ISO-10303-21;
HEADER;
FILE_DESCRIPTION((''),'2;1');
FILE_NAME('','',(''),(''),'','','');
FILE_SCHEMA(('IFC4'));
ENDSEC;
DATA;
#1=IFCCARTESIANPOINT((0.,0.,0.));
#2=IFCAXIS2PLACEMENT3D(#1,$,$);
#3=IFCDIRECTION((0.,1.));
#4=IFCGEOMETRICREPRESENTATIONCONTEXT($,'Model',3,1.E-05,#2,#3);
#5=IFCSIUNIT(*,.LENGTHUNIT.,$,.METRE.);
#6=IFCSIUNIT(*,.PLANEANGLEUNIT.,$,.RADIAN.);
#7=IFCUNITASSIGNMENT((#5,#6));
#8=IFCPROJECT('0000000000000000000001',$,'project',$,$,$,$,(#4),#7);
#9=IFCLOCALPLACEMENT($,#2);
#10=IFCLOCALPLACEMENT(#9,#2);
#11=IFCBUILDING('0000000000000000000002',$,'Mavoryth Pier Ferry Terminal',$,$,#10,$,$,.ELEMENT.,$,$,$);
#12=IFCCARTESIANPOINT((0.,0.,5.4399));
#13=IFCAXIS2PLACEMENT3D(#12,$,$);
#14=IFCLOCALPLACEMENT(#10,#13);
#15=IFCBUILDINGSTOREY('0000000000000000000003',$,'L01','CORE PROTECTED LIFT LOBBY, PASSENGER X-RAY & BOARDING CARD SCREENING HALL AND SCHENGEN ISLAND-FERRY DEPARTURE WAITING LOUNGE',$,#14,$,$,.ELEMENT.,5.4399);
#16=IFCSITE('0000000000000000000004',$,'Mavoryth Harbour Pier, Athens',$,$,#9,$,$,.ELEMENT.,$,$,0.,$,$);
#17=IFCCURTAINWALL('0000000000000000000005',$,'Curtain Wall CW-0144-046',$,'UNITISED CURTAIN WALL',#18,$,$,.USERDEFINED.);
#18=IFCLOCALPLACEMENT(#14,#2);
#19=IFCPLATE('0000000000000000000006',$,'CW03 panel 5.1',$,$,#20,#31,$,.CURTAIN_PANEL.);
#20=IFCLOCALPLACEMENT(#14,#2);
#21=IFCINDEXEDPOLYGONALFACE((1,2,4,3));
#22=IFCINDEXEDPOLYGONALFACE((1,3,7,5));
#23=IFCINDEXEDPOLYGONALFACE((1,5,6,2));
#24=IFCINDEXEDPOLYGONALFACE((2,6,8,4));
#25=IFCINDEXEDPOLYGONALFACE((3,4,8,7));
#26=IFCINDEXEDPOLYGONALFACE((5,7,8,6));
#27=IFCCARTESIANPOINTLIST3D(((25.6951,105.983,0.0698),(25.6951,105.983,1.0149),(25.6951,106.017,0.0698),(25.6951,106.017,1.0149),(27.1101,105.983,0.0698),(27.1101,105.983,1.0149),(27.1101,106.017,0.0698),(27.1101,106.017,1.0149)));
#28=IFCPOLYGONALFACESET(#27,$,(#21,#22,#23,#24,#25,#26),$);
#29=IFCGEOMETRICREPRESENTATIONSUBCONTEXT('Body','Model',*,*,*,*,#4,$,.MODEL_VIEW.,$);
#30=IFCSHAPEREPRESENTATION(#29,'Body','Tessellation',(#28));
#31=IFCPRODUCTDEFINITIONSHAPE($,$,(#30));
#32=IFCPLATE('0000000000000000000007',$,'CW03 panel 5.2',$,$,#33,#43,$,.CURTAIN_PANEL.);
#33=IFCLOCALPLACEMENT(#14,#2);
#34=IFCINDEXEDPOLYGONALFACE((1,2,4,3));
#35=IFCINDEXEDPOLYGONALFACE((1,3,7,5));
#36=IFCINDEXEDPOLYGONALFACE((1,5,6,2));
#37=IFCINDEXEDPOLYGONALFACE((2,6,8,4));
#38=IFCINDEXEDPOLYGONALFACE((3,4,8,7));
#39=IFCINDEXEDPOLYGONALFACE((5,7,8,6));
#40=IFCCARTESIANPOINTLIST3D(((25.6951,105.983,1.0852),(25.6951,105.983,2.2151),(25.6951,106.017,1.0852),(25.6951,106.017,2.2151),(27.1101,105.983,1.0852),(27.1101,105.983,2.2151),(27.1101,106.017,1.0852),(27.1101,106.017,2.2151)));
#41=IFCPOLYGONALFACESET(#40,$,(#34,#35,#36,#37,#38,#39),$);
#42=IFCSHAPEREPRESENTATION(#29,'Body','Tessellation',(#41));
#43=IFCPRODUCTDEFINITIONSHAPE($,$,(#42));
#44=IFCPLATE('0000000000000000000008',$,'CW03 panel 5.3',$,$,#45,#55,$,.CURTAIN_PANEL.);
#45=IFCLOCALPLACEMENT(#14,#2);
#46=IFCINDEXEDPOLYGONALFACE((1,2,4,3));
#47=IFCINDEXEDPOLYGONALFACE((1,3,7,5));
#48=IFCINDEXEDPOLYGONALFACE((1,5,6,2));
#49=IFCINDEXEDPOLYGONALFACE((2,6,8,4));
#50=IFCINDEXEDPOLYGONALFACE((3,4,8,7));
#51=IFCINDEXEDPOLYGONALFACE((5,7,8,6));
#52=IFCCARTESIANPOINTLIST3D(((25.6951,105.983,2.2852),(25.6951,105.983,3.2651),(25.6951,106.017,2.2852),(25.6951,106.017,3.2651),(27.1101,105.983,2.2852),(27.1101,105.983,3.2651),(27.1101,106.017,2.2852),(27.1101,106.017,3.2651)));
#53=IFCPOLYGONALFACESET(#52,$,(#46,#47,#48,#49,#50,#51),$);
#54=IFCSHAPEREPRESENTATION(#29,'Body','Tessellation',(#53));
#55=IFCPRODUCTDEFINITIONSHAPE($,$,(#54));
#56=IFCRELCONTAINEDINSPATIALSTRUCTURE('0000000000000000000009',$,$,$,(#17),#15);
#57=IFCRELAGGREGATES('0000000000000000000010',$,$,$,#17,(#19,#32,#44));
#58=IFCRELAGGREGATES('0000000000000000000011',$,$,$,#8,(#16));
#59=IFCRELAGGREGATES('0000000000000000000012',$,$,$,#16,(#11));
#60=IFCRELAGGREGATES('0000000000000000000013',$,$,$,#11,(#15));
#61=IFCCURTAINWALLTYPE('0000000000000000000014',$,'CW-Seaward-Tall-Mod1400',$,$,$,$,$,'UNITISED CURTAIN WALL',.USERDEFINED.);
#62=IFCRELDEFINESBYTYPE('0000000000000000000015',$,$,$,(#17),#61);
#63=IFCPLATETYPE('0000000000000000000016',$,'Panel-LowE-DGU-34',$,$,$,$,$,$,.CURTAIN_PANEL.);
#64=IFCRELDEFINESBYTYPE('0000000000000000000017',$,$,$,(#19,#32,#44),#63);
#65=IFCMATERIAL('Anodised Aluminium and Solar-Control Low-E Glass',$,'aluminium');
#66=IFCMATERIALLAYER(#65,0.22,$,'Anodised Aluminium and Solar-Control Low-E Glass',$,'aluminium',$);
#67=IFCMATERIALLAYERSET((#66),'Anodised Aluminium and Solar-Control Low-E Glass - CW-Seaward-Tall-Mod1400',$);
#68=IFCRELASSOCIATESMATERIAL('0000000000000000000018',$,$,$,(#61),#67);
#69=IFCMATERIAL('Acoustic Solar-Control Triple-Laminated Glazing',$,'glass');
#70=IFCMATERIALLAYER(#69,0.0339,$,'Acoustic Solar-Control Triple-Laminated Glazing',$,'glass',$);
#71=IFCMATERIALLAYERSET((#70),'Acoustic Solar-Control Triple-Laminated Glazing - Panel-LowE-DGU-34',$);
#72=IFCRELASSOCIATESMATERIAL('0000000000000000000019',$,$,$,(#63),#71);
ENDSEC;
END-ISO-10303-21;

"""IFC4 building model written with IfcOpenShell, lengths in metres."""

from ifc_helpers import new_model, si_unit, direction, frame, origin, origin_2d, place, context, subcontext, project, spatial, rectangle, extrude, material, layer, layer_set, type_object, element, aggregate, save


model = new_model("IFC4")

# Units and contexts
model_context = context("Model", 3, precision=1e-05, world=origin(), true_north=direction((0.0, 1.0)))
body_context = subcontext(model_context, "Body", "Model", "MODEL_VIEW")
ifc_project = project(units=[si_unit("LENGTHUNIT", "METRE"), si_unit("PLANEANGLEUNIT", "RADIAN")], contexts=[model_context])

# Site, building, storey
site_placement = place(None, origin())
site = spatial("IfcSite", under=ifc_project, at=site_placement, Name="Mavoryth Harbour Pier, Athens", CompositionType="ELEMENT", RefElevation=0.0)
building_placement = place(site_placement, origin())
building = spatial("IfcBuilding", under=site, at=building_placement, Name="Mavoryth Pier Ferry Terminal", CompositionType="ELEMENT")
storey_placement = place(building_placement, frame((0.0, 0.0, 5.4399)))
storey = spatial("IfcBuildingStorey", under=building, at=storey_placement, Name="L01", Description="CORE PROTECTED LIFT LOBBY, PASSENGER X-RAY & BOARDING CARD SCREENING HALL AND SCHENGEN ISLAND-FERRY DEPARTURE WAITING LOUNGE", CompositionType="ELEMENT", Elevation=5.4399)

# Curtain wall
ifc_material_1 = material(Name="Anodised Aluminium and Solar-Control Low-E Glass", Category="aluminium")
ifc_layer_1 = layer(ifc_material_1, 0.22, Name="Anodised Aluminium and Solar-Control Low-E Glass", Category="aluminium")
ifc_layer_set_1 = layer_set([ifc_layer_1], Name="Anodised Aluminium and Solar-Control Low-E Glass - CW-Seaward-Tall-Mod1400")
curtain_wall_type = type_object("IfcCurtainWallType", Name="CW-Seaward-Tall-Mod1400", ElementType="UNITISED CURTAIN WALL", PredefinedType="USERDEFINED", material=ifc_layer_set_1)
curtain_wall_1_placement = place(storey_placement, origin())
curtain_wall_1 = element("IfcCurtainWall", 1, at=curtain_wall_1_placement, inside=storey, type_object=curtain_wall_type, Name="Curtain Wall CW-0144-046", ObjectType="UNITISED CURTAIN WALL", PredefinedType="USERDEFINED")

# Plates
ifc_material_2 = material(Name="Acoustic Solar-Control Triple-Laminated Glazing", Category="glass")
ifc_layer_2 = layer(ifc_material_2, 0.0339, Name="Acoustic Solar-Control Triple-Laminated Glazing", Category="glass")
ifc_layer_set_2 = layer_set([ifc_layer_2], Name="Acoustic Solar-Control Triple-Laminated Glazing - Panel-LowE-DGU-34")
plate_type = type_object("IfcPlateType", Name="Panel-LowE-DGU-34", PredefinedType="CURTAIN_PANEL", material=ifc_layer_set_2)
plate_1_placement = place(storey_placement, frame((26.4026, 106.0, 0.0698), z_axis=(0.0, 0.0, 1.0), x_axis=(-1.0, 0.0, 0.0)))
plate_1 = element("IfcPlate", 2, at=plate_1_placement, type_object=plate_type, Name="CW03 panel 5.1", PredefinedType="CURTAIN_PANEL", context=body_context, shape_type="SweptSolid", body=[
    extrude(rectangle(XDim=1.415, YDim=0.0339, at=origin_2d()), origin(), (0.0, 0.0, 1.0), 0.9451),
])
plate_2_placement = place(storey_placement, frame((26.4026, 106.0, 1.0852), z_axis=(0.0, 0.0, 1.0), x_axis=(-1.0, 0.0, 0.0)))
plate_2 = element("IfcPlate", 3, at=plate_2_placement, type_object=plate_type, Name="CW03 panel 5.2", PredefinedType="CURTAIN_PANEL", context=body_context, shape_type="SweptSolid", body=[
    extrude(rectangle(XDim=1.415, YDim=0.0339, at=origin_2d()), origin(), (0.0, 0.0, 1.0), 1.1299),
])
plate_3_placement = place(storey_placement, frame((26.4026, 106.0, 2.2852), z_axis=(0.0, 0.0, 1.0), x_axis=(-1.0, 0.0, 0.0)))
plate_3 = element("IfcPlate", 4, at=plate_3_placement, type_object=plate_type, Name="CW03 panel 5.3", PredefinedType="CURTAIN_PANEL", context=body_context, shape_type="SweptSolid", body=[
    extrude(rectangle(XDim=1.415, YDim=0.0339, at=origin_2d()), origin(), (0.0, 0.0, 1.0), 0.98),
])
aggregate(curtain_wall_1, [plate_1, plate_2, plate_3])

save(model, "model.ifc")
